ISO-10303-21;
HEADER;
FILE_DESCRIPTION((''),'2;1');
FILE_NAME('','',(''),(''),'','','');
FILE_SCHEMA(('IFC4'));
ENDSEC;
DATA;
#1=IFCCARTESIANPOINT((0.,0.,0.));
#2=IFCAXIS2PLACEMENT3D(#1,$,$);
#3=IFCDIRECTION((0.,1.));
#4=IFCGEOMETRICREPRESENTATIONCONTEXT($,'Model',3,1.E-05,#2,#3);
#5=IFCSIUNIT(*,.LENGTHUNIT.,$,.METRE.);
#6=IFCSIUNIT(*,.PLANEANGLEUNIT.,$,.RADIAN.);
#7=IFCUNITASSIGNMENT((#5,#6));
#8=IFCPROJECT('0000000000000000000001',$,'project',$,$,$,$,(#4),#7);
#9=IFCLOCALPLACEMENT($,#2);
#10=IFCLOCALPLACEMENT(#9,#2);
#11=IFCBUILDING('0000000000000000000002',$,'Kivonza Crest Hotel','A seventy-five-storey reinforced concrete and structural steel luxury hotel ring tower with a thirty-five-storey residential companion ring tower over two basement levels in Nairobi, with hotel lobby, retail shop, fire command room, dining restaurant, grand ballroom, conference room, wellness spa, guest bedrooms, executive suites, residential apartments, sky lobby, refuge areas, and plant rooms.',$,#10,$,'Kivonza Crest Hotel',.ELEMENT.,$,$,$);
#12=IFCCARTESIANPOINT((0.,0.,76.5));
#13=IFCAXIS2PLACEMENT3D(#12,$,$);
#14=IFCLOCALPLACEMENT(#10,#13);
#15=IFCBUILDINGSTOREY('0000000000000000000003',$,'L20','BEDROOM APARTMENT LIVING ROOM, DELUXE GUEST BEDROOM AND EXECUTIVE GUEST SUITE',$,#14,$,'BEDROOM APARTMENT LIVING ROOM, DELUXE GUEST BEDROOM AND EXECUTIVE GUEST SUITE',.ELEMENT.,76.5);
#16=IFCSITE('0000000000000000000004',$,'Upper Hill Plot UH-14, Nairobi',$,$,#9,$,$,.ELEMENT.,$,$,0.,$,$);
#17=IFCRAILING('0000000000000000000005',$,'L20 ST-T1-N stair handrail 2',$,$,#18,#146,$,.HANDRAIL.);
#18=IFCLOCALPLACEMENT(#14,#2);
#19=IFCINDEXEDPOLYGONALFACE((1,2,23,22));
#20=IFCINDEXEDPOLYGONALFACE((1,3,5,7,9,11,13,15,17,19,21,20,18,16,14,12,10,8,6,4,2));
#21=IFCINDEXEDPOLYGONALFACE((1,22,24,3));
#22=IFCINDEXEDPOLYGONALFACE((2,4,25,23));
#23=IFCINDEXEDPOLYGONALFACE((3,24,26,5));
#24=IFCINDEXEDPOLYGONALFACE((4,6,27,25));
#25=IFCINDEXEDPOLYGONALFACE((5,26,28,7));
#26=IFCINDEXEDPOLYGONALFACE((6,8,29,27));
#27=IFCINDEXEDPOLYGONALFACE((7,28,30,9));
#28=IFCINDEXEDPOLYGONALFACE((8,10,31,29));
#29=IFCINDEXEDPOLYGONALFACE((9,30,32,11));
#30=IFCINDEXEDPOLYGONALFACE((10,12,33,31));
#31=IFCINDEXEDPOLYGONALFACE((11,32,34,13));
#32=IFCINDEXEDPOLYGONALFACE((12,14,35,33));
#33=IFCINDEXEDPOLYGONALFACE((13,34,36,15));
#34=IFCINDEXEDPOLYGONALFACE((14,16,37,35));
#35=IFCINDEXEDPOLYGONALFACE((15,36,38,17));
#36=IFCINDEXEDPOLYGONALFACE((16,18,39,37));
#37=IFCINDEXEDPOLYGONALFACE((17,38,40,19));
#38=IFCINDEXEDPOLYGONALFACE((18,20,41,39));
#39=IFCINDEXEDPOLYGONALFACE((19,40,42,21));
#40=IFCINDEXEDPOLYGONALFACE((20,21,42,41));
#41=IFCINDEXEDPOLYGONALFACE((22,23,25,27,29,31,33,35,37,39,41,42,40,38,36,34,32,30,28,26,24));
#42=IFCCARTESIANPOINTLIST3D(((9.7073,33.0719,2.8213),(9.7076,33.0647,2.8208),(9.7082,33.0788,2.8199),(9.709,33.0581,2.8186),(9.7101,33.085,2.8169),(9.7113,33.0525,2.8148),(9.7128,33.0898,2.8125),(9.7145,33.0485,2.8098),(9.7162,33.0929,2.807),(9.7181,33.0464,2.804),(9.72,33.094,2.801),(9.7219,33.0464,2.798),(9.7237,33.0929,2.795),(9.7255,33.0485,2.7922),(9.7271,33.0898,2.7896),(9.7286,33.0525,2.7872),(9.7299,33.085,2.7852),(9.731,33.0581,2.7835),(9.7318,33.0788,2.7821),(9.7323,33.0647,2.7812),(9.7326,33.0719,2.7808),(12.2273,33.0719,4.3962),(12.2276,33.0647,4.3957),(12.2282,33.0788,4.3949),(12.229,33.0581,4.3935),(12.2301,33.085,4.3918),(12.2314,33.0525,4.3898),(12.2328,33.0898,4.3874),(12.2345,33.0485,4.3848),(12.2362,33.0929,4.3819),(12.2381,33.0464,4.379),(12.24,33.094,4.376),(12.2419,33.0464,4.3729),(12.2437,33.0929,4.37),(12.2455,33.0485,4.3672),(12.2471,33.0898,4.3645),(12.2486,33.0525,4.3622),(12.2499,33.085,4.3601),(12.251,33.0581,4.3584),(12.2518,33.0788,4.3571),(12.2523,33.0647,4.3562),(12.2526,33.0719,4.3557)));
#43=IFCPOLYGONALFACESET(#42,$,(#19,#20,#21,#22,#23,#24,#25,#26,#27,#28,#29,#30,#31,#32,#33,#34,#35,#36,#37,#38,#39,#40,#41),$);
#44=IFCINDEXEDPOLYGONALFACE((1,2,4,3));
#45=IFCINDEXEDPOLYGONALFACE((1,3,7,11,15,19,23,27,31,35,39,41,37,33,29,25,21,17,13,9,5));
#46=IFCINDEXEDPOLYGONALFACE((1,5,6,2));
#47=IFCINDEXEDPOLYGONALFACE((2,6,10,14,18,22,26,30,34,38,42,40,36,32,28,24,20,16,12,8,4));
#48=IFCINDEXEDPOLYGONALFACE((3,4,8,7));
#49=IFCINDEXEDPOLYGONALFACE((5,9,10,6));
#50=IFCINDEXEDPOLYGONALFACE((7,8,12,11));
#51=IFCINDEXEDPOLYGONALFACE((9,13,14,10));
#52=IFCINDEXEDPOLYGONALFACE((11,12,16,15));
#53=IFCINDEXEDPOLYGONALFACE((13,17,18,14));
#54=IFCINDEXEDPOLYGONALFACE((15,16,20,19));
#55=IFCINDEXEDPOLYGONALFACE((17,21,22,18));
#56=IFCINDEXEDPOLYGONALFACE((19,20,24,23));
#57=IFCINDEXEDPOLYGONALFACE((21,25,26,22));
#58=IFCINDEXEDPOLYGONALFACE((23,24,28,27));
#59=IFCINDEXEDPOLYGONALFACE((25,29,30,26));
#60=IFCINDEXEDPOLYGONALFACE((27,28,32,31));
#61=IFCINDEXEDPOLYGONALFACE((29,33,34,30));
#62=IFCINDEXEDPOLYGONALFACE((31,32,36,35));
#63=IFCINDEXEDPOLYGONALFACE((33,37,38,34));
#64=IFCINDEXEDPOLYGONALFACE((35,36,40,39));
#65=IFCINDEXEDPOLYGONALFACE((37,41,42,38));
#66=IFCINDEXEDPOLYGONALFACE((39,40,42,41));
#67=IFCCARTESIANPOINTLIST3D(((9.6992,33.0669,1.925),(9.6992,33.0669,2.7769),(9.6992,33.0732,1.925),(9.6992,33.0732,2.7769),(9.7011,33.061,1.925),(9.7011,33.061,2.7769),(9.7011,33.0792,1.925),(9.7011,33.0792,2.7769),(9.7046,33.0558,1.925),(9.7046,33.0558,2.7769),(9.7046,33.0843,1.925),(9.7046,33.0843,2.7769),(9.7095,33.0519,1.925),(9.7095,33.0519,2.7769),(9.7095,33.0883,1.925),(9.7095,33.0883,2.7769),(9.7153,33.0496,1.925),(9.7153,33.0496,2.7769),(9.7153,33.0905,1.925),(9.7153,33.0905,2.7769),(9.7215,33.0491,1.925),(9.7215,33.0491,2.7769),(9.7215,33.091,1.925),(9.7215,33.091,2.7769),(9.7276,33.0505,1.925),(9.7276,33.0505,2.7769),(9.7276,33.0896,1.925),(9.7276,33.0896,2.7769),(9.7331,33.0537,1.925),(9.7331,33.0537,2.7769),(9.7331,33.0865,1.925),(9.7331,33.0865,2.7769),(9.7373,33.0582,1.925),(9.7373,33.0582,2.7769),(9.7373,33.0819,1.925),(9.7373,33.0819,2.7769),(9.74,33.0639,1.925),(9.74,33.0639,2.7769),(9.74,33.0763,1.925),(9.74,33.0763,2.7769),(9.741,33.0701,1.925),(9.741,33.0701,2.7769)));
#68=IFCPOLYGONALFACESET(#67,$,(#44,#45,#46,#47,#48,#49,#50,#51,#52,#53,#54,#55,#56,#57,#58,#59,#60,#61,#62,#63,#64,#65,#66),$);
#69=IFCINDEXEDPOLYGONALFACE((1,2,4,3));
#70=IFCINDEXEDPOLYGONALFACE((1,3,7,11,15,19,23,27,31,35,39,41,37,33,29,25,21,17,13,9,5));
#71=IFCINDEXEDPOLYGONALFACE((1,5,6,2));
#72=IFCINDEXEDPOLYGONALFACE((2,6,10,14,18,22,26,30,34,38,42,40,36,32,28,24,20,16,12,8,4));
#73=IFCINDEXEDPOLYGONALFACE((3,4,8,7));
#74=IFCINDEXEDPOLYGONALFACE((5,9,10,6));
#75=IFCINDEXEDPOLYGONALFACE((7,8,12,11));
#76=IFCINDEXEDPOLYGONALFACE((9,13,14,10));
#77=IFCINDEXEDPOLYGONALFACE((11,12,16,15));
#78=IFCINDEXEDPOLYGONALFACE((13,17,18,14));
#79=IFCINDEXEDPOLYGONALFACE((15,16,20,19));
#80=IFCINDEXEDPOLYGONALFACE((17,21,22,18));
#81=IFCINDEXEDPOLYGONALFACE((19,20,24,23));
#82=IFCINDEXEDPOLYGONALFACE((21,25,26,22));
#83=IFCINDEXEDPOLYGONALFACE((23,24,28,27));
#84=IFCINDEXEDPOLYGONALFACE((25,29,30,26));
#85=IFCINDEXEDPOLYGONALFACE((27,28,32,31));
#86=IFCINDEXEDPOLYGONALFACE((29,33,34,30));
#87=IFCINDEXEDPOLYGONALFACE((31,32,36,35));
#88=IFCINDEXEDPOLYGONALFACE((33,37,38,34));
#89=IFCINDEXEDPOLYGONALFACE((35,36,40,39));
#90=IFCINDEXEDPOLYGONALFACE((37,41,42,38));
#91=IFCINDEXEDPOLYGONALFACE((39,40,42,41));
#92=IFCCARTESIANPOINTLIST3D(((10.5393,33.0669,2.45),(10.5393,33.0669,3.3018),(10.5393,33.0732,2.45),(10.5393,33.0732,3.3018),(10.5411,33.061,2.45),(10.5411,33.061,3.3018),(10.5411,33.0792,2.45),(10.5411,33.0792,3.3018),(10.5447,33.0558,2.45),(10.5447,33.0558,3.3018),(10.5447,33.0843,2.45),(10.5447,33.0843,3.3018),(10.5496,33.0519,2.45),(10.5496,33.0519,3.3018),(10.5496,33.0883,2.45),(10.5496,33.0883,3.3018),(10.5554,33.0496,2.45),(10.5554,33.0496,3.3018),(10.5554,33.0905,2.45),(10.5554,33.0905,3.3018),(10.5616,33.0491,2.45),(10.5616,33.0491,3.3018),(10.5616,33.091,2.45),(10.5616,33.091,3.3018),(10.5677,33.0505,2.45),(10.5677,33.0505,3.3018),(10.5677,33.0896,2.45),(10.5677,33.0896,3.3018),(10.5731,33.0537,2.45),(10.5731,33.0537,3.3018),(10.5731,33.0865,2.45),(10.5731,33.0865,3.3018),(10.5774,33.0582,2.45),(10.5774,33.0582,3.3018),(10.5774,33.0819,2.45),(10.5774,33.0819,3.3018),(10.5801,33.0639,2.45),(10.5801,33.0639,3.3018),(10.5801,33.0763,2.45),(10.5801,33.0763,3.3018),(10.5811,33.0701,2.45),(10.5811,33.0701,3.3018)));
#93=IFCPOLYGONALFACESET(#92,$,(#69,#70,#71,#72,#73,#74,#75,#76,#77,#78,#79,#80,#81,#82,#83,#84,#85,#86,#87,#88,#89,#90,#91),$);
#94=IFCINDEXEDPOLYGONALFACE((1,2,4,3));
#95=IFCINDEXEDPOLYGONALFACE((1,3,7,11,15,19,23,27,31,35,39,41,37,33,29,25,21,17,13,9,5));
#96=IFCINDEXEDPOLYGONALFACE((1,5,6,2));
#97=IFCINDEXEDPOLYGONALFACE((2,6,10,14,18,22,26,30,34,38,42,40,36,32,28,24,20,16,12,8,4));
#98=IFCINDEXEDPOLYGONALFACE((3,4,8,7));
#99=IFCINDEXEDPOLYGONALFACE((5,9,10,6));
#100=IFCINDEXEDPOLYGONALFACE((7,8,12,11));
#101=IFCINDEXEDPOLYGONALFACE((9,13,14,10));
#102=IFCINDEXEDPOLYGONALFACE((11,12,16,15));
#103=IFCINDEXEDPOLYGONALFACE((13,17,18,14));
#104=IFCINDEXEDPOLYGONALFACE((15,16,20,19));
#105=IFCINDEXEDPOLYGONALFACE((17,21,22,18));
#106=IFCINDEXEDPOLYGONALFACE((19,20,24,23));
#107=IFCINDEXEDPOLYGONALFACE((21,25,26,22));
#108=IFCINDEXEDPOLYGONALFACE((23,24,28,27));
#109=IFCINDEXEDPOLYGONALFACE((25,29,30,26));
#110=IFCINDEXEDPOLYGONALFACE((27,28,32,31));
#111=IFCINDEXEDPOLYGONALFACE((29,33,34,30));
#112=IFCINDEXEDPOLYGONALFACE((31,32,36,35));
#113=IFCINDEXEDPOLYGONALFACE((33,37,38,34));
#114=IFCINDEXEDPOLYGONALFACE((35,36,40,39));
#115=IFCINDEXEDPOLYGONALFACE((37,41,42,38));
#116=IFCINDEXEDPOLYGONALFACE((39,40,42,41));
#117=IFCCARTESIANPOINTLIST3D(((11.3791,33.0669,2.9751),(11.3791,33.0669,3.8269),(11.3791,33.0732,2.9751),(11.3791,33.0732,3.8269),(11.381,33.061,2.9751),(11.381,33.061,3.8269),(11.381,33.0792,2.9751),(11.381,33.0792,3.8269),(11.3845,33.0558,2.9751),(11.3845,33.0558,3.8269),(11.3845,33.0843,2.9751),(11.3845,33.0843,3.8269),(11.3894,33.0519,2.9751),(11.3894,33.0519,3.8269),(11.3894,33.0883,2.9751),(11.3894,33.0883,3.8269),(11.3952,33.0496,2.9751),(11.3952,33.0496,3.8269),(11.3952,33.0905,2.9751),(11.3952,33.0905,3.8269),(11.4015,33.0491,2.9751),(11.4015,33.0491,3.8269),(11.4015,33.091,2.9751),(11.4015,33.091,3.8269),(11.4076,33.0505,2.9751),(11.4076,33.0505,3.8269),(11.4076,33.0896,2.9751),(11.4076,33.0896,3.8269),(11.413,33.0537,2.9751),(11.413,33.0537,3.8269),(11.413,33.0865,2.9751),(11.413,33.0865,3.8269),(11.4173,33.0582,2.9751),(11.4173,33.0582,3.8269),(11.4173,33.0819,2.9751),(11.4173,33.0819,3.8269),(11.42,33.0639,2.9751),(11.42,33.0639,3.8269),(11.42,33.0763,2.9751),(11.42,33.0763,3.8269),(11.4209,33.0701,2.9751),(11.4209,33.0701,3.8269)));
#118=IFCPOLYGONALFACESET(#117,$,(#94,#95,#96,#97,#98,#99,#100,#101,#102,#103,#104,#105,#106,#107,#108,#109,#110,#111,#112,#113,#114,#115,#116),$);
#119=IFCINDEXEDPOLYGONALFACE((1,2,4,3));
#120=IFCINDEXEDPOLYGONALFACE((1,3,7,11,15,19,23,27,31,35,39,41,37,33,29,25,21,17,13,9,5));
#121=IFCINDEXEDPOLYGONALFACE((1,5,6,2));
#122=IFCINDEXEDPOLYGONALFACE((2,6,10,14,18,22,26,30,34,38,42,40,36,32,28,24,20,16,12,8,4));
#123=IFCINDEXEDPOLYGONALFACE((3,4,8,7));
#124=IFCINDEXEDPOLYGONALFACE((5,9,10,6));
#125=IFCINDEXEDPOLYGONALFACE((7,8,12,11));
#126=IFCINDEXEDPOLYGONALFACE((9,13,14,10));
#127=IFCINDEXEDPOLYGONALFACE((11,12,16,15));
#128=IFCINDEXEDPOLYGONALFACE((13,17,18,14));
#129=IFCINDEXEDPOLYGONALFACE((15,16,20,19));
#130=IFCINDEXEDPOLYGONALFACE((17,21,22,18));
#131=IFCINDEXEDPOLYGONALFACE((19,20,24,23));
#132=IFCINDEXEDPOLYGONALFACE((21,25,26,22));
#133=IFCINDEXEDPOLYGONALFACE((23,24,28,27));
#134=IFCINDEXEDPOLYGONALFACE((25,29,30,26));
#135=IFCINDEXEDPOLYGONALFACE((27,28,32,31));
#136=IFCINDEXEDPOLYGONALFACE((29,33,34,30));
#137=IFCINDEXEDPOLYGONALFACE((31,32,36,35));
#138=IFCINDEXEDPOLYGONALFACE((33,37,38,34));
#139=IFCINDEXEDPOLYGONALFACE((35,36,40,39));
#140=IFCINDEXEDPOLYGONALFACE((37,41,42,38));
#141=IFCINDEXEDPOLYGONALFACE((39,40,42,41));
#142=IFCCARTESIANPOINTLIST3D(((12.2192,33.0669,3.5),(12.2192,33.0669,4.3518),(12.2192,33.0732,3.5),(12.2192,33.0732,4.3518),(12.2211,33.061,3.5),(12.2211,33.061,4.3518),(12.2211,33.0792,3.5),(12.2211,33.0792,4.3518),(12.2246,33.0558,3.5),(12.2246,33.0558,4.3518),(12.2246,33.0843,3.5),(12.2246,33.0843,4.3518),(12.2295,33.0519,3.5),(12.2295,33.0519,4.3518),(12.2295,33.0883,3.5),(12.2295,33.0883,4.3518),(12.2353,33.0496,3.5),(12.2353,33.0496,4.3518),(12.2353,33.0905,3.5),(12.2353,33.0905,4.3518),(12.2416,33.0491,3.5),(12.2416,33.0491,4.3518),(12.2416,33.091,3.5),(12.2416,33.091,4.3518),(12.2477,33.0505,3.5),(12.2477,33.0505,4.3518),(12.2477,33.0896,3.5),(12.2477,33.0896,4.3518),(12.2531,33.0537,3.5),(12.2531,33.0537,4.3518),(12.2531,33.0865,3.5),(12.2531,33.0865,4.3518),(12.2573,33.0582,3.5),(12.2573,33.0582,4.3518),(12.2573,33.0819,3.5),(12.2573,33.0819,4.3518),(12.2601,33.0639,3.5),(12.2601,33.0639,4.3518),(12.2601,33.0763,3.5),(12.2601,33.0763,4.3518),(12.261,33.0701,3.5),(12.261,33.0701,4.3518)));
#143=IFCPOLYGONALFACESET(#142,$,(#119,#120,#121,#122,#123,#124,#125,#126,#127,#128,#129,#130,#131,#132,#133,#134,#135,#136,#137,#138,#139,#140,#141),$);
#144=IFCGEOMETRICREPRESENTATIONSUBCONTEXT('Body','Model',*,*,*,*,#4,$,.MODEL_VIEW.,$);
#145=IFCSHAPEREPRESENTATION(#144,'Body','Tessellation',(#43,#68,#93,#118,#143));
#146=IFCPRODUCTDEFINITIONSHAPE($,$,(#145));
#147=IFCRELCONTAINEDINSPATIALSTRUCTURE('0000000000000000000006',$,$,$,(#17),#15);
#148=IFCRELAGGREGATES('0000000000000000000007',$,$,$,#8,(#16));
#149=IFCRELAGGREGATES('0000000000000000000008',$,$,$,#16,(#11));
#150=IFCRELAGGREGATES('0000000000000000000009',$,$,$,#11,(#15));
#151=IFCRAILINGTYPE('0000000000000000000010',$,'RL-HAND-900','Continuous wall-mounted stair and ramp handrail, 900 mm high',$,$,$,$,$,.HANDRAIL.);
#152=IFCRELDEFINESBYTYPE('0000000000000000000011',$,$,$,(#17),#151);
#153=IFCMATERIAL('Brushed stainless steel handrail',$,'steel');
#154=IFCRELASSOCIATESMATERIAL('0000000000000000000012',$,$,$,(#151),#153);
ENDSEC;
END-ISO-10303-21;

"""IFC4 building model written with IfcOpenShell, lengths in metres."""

from ifc_helpers import new_model, si_unit, direction, frame, origin, origin_2d, place, context, subcontext, project, spatial, circle, extrude, material, type_object, element, save


model = new_model("IFC4")

# Units and contexts
model_context = context("Model", 3, precision=1e-05, world=origin(), true_north=direction((0.0, 1.0)))
body_context = subcontext(model_context, "Body", "Model", "MODEL_VIEW")
ifc_project = project(units=[si_unit("LENGTHUNIT", "METRE"), si_unit("PLANEANGLEUNIT", "RADIAN")], contexts=[model_context])

# Site, building, storey
site_placement = place(None, origin())
site = spatial("IfcSite", under=ifc_project, at=site_placement, Name="Upper Hill Plot UH-14, Nairobi", CompositionType="ELEMENT", RefElevation=0.0)
building_placement = place(site_placement, origin())
building = spatial("IfcBuilding", under=site, at=building_placement, Name="Kivonza Crest Hotel", Description="A seventy-five-storey reinforced concrete and structural steel luxury hotel ring tower with a thirty-five-storey residential companion ring tower over two basement levels in Nairobi, with hotel lobby, retail shop, fire command room, dining restaurant, grand ballroom, conference room, wellness spa, guest bedrooms, executive suites, residential apartments, sky lobby, refuge areas, and plant rooms.", LongName="Kivonza Crest Hotel", CompositionType="ELEMENT")
storey_placement = place(building_placement, frame((0.0, 0.0, 76.5)))
storey = spatial("IfcBuildingStorey", under=building, at=storey_placement, Name="L20", Description="BEDROOM APARTMENT LIVING ROOM, DELUXE GUEST BEDROOM AND EXECUTIVE GUEST SUITE", LongName="BEDROOM APARTMENT LIVING ROOM, DELUXE GUEST BEDROOM AND EXECUTIVE GUEST SUITE", CompositionType="ELEMENT", Elevation=76.5)

# Railing
ifc_material_1 = material(Name="Brushed stainless steel handrail", Category="steel")
railing_type_1 = type_object("IfcRailingType", Name="RL-HAND-900", Description="Continuous wall-mounted stair and ramp handrail, 900 mm high", PredefinedType="HANDRAIL", material=ifc_material_1)
railing_1_placement = place(storey_placement, frame((9.72, 33.0701, 1.925)))
element("IfcRailing", 1, at=railing_1_placement, inside=storey, type_object=railing_type_1, Name="L20 ST-T1-N stair handrail 2", PredefinedType="HANDRAIL", context=body_context, shape_type="SweptSolid", body=[
    extrude(circle(Radius=0.0239, at=origin_2d()), frame((0.0, 0.0, 0.876), z_axis=(0.848008, 0.0, 0.529984), x_axis=(0.0, 1.0, 0.0)), (0.0, 0.0, 1.0), 2.9717),
    extrude(circle(Radius=0.021, at=origin_2d()), origin(), (0.0, 0.0, 1.0), 0.8518),
    extrude(circle(Radius=0.021, at=origin_2d()), frame((0.8401, 0.0, 0.5249)), (0.0, 0.0, 1.0), 0.8518),
    extrude(circle(Radius=0.021, at=origin_2d()), frame((1.6799, 0.0, 1.05)), (0.0, 0.0, 1.0), 0.8518),
    extrude(circle(Radius=0.021, at=origin_2d()), frame((2.52, 0.0, 1.575)), (0.0, 0.0, 1.0), 0.8518),
])

save(model, "model.ifc")
